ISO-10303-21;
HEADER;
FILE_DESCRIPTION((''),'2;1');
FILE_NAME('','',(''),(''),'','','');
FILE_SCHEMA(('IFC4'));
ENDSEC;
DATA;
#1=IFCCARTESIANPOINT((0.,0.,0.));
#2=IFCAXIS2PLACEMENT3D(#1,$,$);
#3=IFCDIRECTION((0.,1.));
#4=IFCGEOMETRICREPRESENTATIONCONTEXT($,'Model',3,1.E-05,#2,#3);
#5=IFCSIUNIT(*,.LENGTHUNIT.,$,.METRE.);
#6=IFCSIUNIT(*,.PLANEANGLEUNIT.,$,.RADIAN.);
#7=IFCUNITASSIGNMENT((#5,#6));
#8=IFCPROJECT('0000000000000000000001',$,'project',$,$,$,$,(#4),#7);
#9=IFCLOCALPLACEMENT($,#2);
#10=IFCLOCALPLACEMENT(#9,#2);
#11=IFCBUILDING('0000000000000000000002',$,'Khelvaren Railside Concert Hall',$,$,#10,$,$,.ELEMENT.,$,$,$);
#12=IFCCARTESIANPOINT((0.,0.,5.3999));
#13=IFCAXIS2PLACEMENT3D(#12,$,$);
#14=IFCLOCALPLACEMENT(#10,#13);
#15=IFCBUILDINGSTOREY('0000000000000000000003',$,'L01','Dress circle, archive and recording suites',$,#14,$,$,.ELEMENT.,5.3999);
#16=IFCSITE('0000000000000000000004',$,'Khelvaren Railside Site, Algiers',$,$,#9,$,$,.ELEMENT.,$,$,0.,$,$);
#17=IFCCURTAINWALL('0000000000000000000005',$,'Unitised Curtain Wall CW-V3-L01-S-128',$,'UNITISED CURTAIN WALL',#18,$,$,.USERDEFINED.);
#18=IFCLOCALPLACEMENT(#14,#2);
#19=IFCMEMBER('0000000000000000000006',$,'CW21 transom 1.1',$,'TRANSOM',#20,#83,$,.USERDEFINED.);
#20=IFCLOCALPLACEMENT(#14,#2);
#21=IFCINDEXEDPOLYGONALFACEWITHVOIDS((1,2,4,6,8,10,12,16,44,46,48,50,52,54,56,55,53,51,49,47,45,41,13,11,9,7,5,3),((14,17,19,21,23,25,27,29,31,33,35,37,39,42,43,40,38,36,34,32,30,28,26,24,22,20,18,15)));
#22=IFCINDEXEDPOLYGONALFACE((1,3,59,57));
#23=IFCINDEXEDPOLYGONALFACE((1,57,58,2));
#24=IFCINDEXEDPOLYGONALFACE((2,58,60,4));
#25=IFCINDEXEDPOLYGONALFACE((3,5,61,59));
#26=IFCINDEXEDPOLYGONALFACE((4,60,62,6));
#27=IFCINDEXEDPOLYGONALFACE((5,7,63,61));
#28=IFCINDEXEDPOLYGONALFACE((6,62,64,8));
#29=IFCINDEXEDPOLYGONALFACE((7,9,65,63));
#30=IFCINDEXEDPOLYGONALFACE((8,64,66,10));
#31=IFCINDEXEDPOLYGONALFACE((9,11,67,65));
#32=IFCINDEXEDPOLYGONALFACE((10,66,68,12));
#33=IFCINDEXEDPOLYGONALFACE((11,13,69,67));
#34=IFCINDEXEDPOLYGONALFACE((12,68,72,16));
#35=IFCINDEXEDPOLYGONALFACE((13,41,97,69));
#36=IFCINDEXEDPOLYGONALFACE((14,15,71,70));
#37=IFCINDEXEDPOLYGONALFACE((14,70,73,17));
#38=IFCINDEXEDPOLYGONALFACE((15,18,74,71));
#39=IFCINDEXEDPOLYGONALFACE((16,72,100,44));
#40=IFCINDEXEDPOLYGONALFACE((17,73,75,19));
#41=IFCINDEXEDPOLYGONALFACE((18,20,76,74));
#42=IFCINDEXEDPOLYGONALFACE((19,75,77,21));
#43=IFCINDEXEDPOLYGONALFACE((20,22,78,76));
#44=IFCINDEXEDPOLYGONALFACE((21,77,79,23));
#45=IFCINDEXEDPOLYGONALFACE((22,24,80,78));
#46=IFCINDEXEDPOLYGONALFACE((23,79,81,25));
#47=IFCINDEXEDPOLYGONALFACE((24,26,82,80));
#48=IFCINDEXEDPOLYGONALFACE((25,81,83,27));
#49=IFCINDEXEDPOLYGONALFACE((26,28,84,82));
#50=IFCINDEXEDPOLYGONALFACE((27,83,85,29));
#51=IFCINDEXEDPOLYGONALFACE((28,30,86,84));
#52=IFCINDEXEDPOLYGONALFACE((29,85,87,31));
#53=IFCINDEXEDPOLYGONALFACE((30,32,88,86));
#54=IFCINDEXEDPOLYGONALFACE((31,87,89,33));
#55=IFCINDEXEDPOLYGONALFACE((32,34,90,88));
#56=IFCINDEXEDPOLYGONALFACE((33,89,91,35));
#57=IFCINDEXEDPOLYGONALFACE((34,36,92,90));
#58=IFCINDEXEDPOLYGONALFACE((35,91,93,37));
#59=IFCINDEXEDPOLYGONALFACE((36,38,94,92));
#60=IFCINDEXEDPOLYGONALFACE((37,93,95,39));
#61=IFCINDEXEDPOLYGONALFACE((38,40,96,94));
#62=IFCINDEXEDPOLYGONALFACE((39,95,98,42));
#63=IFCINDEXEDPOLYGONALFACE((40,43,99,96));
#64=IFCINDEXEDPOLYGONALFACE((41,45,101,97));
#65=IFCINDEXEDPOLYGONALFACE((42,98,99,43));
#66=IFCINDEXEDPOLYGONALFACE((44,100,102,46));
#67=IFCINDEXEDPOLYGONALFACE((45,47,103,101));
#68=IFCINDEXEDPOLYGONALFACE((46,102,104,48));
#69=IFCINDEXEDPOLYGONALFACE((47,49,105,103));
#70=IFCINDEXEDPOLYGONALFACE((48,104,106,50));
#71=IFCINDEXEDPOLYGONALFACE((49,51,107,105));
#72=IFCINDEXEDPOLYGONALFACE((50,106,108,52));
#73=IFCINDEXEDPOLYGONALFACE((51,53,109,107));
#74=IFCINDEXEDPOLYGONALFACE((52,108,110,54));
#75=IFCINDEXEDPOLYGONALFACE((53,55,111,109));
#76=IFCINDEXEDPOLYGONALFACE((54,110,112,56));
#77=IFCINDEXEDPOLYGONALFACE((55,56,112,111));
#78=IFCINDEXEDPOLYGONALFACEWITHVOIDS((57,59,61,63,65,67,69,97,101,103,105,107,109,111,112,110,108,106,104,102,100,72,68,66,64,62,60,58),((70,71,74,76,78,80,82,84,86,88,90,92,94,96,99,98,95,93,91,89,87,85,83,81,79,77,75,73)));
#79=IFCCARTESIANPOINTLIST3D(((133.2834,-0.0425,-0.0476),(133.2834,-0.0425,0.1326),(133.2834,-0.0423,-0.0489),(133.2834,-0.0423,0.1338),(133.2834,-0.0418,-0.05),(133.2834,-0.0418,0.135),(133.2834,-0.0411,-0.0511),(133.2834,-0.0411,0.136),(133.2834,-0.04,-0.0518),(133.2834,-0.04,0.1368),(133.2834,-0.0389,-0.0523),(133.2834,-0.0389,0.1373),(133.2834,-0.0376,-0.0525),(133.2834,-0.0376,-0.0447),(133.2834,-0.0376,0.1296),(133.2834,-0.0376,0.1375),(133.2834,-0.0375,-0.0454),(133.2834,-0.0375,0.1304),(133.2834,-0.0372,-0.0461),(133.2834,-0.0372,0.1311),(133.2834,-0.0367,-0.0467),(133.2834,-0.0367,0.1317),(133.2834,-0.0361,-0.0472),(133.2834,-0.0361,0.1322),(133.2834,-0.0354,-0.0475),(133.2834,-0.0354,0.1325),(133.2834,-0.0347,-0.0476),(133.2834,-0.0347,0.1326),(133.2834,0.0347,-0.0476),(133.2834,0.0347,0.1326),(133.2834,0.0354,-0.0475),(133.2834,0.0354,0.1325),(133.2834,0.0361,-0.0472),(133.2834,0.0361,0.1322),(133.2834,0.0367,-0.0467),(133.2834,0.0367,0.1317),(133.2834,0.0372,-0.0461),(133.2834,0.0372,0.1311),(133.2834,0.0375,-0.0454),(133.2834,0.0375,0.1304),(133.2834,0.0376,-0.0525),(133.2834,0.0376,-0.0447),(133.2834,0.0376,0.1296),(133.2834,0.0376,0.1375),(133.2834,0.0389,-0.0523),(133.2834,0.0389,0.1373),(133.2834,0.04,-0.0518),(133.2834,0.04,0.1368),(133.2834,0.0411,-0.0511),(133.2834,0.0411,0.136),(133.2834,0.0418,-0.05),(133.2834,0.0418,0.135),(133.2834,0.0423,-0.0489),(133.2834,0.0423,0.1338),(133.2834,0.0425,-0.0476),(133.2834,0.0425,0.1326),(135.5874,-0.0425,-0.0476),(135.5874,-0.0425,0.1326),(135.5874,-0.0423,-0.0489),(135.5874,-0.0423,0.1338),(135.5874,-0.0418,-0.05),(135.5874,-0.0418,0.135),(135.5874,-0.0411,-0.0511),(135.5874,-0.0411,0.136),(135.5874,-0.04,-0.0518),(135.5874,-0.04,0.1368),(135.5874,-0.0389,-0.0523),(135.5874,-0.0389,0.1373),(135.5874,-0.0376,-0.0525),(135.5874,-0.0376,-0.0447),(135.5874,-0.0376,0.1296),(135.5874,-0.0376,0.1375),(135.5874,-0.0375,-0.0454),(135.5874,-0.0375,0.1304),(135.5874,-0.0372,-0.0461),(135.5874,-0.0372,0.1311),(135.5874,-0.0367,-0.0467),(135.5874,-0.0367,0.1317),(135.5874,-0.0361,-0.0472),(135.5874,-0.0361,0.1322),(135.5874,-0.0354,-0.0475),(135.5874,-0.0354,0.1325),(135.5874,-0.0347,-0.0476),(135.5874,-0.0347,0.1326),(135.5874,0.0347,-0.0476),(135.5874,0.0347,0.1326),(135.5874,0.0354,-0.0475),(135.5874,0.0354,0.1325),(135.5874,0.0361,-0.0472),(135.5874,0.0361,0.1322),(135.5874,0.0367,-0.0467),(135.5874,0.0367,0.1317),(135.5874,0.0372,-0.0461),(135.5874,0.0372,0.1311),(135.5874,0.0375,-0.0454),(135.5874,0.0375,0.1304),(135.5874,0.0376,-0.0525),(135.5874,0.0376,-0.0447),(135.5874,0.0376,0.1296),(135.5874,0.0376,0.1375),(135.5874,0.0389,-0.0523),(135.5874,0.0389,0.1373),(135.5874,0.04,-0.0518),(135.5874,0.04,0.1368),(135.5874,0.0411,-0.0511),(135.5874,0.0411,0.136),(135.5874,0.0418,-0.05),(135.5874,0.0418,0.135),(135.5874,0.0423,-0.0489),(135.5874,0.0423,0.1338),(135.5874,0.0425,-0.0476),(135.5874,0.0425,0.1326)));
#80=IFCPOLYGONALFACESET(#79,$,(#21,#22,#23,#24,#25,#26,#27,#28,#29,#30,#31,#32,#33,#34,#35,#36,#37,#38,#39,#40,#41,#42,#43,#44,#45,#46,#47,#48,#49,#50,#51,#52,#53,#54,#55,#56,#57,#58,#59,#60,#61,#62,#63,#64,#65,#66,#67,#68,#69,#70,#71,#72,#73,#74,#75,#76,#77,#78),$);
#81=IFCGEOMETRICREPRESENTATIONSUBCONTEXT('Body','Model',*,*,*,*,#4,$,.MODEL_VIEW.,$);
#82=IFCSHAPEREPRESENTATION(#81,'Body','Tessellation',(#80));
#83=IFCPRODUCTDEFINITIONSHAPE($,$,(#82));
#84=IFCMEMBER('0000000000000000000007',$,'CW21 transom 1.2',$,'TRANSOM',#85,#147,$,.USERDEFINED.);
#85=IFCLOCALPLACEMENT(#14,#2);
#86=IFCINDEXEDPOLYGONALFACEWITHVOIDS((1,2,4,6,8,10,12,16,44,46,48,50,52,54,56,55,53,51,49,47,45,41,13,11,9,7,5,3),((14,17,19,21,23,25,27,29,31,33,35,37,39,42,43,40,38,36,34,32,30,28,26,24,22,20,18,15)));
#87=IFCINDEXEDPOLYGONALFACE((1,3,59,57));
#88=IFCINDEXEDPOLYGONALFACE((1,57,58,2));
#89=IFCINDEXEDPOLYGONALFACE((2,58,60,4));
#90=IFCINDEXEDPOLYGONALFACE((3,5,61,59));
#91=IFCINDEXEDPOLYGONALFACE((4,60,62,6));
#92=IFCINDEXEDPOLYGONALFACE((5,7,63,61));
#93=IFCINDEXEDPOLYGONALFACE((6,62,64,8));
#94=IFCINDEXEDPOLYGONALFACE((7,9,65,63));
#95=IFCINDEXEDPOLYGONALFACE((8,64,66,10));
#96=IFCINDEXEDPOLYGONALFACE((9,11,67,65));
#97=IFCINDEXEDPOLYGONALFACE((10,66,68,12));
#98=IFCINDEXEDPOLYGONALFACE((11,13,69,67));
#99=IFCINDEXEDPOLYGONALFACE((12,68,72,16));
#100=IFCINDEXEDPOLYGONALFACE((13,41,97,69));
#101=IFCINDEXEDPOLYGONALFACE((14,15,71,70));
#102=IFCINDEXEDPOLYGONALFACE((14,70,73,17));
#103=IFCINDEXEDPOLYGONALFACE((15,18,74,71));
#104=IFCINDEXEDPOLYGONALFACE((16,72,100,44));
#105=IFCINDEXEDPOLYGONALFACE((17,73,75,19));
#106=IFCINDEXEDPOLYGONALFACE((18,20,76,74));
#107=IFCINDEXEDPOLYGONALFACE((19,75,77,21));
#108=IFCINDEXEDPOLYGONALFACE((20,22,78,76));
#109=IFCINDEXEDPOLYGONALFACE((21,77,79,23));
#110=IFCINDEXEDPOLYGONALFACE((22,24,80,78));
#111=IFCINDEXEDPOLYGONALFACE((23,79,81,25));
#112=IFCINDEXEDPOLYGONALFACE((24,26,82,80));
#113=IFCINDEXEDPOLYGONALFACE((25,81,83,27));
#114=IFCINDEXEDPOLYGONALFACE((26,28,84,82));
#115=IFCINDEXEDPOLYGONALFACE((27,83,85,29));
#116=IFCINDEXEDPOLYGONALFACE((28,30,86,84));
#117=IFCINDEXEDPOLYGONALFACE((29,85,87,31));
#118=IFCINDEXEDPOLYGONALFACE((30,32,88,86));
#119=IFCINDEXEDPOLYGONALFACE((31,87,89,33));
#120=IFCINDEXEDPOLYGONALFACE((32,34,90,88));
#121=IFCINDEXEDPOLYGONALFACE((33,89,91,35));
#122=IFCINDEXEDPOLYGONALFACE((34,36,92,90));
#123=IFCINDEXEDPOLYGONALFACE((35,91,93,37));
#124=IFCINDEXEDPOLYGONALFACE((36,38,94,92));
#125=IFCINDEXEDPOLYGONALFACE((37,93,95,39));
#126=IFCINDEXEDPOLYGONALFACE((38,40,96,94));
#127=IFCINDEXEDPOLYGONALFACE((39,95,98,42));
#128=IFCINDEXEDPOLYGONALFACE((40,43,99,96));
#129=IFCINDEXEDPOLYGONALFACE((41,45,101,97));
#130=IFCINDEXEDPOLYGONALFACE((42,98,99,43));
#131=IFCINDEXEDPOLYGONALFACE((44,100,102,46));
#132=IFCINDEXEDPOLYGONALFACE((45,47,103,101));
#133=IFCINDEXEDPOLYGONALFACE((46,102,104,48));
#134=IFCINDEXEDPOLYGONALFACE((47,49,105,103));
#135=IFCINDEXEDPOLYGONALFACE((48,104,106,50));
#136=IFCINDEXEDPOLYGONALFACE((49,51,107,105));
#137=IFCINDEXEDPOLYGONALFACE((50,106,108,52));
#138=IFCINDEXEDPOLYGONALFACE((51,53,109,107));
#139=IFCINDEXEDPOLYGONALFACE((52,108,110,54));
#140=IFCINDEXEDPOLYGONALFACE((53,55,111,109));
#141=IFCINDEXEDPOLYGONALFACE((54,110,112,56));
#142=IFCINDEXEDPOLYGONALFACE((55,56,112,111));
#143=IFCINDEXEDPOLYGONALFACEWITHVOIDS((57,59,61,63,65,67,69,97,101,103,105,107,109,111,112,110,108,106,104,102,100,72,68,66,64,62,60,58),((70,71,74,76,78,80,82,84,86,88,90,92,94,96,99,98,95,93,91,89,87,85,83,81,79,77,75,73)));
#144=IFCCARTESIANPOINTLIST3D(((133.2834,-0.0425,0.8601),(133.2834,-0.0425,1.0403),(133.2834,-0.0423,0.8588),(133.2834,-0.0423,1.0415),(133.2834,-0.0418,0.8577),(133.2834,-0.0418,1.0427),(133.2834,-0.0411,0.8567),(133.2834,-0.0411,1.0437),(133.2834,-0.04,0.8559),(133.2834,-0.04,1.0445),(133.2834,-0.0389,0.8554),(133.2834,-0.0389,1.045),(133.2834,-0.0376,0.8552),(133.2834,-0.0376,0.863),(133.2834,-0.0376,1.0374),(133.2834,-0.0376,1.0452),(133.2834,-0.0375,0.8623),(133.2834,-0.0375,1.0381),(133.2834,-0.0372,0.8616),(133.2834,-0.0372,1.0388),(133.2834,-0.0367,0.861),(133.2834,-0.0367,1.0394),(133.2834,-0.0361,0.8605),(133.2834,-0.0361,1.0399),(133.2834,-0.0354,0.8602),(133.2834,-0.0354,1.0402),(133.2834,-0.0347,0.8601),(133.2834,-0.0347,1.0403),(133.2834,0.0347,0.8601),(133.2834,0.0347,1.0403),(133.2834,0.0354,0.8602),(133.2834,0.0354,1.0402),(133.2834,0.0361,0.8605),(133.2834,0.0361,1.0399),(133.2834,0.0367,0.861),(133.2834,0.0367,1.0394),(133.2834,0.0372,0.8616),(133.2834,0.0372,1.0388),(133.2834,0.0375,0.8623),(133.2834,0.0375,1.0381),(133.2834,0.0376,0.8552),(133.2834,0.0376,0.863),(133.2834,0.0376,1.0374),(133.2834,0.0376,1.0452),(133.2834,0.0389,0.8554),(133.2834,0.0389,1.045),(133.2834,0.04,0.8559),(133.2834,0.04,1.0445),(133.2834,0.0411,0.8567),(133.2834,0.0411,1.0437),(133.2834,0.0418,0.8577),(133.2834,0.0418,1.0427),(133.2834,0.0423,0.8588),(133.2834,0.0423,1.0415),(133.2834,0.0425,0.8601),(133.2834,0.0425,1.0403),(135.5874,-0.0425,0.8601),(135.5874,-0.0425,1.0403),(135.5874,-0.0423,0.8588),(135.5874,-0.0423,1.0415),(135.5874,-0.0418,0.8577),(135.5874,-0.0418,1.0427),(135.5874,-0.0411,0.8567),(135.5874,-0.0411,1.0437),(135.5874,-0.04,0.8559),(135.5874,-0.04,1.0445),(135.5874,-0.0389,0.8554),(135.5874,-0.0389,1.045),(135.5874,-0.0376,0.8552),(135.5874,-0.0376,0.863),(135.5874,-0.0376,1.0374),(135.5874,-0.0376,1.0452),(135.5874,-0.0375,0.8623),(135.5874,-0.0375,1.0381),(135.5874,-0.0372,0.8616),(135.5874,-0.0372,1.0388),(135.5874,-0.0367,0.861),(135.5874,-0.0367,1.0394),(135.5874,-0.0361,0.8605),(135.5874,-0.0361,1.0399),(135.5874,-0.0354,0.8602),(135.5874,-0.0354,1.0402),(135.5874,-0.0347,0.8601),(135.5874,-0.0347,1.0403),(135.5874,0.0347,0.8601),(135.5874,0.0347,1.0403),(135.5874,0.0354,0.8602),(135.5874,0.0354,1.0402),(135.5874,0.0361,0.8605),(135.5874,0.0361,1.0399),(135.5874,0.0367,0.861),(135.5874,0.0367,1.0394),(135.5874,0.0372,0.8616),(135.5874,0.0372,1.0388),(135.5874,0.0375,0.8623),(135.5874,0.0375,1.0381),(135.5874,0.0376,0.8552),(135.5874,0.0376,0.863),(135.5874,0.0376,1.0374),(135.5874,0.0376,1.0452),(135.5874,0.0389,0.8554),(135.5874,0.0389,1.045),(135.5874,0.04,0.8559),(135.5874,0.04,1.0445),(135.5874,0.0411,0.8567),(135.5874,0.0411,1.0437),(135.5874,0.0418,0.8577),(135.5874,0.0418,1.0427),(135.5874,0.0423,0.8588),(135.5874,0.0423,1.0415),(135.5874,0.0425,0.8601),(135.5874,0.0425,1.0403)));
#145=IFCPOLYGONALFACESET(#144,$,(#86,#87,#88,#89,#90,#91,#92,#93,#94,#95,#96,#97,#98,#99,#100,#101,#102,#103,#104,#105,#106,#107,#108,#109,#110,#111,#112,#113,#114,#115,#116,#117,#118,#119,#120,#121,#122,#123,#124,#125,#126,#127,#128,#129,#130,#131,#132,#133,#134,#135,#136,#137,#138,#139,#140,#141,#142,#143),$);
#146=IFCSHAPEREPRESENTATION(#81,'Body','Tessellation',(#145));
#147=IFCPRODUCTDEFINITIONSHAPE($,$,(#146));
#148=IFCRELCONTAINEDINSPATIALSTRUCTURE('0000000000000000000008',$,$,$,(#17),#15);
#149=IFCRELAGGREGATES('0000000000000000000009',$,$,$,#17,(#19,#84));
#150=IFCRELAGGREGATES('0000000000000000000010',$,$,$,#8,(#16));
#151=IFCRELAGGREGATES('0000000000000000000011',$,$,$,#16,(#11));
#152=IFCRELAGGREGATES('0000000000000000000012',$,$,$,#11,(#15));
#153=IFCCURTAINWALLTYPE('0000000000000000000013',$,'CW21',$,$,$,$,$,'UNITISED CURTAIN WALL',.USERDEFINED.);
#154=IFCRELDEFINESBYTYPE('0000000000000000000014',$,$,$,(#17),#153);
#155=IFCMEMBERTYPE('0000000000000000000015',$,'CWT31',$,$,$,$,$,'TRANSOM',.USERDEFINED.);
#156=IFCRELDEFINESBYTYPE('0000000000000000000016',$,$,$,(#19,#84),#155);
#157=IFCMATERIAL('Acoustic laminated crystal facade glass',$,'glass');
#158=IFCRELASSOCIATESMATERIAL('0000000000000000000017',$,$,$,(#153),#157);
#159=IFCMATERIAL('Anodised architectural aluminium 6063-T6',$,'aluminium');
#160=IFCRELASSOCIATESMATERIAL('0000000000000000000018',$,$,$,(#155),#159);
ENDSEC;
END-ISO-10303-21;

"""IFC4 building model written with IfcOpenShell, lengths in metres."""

from ifc_helpers import new_model, si_unit, direction, frame, origin, origin_2d, place, context, subcontext, project, spatial, hollow_rectangle, extrude, material, material_profile, profile_set, type_object, element, aggregate, save


model = new_model("IFC4")

# Units and contexts
model_context = context("Model", 3, precision=1e-05, world=origin(), true_north=direction((0.0, 1.0)))
body_context = subcontext(model_context, "Body", "Model", "MODEL_VIEW")
ifc_project = project(units=[si_unit("LENGTHUNIT", "METRE"), si_unit("PLANEANGLEUNIT", "RADIAN")], contexts=[model_context])

# Site, building, storey
site_placement = place(None, origin())
site = spatial("IfcSite", under=ifc_project, at=site_placement, Name="Khelvaren Railside Site, Algiers", CompositionType="ELEMENT", RefElevation=0.0)
building_placement = place(site_placement, origin())
building = spatial("IfcBuilding", under=site, at=building_placement, Name="Khelvaren Railside Concert Hall", CompositionType="ELEMENT")
storey_placement = place(building_placement, frame((0.0, 0.0, 5.3999)))
storey = spatial("IfcBuildingStorey", under=building, at=storey_placement, Name="L01", Description="Dress circle, archive and recording suites", CompositionType="ELEMENT", Elevation=5.3999)

# Curtain wall, members
ifc_material_1 = material(Name="Acoustic laminated crystal facade glass", Category="glass")
curtain_wall_type = type_object("IfcCurtainWallType", Name="CW21", ElementType="UNITISED CURTAIN WALL", PredefinedType="USERDEFINED", material=ifc_material_1)
curtain_wall_placement = place(storey_placement, origin())
curtain_wall = element("IfcCurtainWall", 1, at=curtain_wall_placement, inside=storey, type_object=curtain_wall_type, Name="Unitised Curtain Wall CW-V3-L01-S-128", ObjectType="UNITISED CURTAIN WALL", PredefinedType="USERDEFINED")
ifc_material_2 = material(Name="Anodised architectural aluminium 6063-T6", Category="aluminium")
ifc_material_profile_1 = material_profile(ifc_material_2, hollow_rectangle(XDim=0.085, YDim=0.1899, WallThickness=0.0049, InnerFilletRadius=0.0029, OuterFilletRadius=0.0049, at=origin_2d()), Name="CWT 85x190x5")
ifc_profile_set_1 = profile_set([ifc_material_profile_1], Name="Anodised architectural aluminium 6063-T6")
member_type_1 = type_object("IfcMemberType", Name="CWT31", ElementType="TRANSOM", PredefinedType="USERDEFINED", material=ifc_profile_set_1)
member_1_placement = place(storey_placement, frame((135.5874, 0.0, 0.0425), z_axis=(-1.0, 0.0, 0.0), x_axis=(0.0, -1.0, 0.0)))
member_1 = element("IfcMember", 2, at=member_1_placement, type_object=member_type_1, Name="CW21 transom 1.1", ObjectType="TRANSOM", PredefinedType="USERDEFINED", context=body_context, shape_type="SweptSolid", body=[
    extrude(hollow_rectangle(XDim=0.085, YDim=0.1899, WallThickness=0.0049, InnerFilletRadius=0.0029, OuterFilletRadius=0.0049, at=origin_2d()), origin(), (0.0, 0.0, 1.0), 2.304),
])
member_2_placement = place(storey_placement, frame((135.5874, 0.0, 0.9502), z_axis=(-1.0, 0.0, 0.0), x_axis=(0.0, -1.0, 0.0)))
member_2 = element("IfcMember", 3, at=member_2_placement, type_object=member_type_1, Name="CW21 transom 1.2", ObjectType="TRANSOM", PredefinedType="USERDEFINED", context=body_context, shape_type="SweptSolid", body=[
    extrude(hollow_rectangle(XDim=0.085, YDim=0.1899, WallThickness=0.0049, InnerFilletRadius=0.0029, OuterFilletRadius=0.0049, at=origin_2d()), origin(), (0.0, 0.0, 1.0), 2.304),
])

aggregate(curtain_wall, [member_1, member_2])

save(model, "model.ifc")
